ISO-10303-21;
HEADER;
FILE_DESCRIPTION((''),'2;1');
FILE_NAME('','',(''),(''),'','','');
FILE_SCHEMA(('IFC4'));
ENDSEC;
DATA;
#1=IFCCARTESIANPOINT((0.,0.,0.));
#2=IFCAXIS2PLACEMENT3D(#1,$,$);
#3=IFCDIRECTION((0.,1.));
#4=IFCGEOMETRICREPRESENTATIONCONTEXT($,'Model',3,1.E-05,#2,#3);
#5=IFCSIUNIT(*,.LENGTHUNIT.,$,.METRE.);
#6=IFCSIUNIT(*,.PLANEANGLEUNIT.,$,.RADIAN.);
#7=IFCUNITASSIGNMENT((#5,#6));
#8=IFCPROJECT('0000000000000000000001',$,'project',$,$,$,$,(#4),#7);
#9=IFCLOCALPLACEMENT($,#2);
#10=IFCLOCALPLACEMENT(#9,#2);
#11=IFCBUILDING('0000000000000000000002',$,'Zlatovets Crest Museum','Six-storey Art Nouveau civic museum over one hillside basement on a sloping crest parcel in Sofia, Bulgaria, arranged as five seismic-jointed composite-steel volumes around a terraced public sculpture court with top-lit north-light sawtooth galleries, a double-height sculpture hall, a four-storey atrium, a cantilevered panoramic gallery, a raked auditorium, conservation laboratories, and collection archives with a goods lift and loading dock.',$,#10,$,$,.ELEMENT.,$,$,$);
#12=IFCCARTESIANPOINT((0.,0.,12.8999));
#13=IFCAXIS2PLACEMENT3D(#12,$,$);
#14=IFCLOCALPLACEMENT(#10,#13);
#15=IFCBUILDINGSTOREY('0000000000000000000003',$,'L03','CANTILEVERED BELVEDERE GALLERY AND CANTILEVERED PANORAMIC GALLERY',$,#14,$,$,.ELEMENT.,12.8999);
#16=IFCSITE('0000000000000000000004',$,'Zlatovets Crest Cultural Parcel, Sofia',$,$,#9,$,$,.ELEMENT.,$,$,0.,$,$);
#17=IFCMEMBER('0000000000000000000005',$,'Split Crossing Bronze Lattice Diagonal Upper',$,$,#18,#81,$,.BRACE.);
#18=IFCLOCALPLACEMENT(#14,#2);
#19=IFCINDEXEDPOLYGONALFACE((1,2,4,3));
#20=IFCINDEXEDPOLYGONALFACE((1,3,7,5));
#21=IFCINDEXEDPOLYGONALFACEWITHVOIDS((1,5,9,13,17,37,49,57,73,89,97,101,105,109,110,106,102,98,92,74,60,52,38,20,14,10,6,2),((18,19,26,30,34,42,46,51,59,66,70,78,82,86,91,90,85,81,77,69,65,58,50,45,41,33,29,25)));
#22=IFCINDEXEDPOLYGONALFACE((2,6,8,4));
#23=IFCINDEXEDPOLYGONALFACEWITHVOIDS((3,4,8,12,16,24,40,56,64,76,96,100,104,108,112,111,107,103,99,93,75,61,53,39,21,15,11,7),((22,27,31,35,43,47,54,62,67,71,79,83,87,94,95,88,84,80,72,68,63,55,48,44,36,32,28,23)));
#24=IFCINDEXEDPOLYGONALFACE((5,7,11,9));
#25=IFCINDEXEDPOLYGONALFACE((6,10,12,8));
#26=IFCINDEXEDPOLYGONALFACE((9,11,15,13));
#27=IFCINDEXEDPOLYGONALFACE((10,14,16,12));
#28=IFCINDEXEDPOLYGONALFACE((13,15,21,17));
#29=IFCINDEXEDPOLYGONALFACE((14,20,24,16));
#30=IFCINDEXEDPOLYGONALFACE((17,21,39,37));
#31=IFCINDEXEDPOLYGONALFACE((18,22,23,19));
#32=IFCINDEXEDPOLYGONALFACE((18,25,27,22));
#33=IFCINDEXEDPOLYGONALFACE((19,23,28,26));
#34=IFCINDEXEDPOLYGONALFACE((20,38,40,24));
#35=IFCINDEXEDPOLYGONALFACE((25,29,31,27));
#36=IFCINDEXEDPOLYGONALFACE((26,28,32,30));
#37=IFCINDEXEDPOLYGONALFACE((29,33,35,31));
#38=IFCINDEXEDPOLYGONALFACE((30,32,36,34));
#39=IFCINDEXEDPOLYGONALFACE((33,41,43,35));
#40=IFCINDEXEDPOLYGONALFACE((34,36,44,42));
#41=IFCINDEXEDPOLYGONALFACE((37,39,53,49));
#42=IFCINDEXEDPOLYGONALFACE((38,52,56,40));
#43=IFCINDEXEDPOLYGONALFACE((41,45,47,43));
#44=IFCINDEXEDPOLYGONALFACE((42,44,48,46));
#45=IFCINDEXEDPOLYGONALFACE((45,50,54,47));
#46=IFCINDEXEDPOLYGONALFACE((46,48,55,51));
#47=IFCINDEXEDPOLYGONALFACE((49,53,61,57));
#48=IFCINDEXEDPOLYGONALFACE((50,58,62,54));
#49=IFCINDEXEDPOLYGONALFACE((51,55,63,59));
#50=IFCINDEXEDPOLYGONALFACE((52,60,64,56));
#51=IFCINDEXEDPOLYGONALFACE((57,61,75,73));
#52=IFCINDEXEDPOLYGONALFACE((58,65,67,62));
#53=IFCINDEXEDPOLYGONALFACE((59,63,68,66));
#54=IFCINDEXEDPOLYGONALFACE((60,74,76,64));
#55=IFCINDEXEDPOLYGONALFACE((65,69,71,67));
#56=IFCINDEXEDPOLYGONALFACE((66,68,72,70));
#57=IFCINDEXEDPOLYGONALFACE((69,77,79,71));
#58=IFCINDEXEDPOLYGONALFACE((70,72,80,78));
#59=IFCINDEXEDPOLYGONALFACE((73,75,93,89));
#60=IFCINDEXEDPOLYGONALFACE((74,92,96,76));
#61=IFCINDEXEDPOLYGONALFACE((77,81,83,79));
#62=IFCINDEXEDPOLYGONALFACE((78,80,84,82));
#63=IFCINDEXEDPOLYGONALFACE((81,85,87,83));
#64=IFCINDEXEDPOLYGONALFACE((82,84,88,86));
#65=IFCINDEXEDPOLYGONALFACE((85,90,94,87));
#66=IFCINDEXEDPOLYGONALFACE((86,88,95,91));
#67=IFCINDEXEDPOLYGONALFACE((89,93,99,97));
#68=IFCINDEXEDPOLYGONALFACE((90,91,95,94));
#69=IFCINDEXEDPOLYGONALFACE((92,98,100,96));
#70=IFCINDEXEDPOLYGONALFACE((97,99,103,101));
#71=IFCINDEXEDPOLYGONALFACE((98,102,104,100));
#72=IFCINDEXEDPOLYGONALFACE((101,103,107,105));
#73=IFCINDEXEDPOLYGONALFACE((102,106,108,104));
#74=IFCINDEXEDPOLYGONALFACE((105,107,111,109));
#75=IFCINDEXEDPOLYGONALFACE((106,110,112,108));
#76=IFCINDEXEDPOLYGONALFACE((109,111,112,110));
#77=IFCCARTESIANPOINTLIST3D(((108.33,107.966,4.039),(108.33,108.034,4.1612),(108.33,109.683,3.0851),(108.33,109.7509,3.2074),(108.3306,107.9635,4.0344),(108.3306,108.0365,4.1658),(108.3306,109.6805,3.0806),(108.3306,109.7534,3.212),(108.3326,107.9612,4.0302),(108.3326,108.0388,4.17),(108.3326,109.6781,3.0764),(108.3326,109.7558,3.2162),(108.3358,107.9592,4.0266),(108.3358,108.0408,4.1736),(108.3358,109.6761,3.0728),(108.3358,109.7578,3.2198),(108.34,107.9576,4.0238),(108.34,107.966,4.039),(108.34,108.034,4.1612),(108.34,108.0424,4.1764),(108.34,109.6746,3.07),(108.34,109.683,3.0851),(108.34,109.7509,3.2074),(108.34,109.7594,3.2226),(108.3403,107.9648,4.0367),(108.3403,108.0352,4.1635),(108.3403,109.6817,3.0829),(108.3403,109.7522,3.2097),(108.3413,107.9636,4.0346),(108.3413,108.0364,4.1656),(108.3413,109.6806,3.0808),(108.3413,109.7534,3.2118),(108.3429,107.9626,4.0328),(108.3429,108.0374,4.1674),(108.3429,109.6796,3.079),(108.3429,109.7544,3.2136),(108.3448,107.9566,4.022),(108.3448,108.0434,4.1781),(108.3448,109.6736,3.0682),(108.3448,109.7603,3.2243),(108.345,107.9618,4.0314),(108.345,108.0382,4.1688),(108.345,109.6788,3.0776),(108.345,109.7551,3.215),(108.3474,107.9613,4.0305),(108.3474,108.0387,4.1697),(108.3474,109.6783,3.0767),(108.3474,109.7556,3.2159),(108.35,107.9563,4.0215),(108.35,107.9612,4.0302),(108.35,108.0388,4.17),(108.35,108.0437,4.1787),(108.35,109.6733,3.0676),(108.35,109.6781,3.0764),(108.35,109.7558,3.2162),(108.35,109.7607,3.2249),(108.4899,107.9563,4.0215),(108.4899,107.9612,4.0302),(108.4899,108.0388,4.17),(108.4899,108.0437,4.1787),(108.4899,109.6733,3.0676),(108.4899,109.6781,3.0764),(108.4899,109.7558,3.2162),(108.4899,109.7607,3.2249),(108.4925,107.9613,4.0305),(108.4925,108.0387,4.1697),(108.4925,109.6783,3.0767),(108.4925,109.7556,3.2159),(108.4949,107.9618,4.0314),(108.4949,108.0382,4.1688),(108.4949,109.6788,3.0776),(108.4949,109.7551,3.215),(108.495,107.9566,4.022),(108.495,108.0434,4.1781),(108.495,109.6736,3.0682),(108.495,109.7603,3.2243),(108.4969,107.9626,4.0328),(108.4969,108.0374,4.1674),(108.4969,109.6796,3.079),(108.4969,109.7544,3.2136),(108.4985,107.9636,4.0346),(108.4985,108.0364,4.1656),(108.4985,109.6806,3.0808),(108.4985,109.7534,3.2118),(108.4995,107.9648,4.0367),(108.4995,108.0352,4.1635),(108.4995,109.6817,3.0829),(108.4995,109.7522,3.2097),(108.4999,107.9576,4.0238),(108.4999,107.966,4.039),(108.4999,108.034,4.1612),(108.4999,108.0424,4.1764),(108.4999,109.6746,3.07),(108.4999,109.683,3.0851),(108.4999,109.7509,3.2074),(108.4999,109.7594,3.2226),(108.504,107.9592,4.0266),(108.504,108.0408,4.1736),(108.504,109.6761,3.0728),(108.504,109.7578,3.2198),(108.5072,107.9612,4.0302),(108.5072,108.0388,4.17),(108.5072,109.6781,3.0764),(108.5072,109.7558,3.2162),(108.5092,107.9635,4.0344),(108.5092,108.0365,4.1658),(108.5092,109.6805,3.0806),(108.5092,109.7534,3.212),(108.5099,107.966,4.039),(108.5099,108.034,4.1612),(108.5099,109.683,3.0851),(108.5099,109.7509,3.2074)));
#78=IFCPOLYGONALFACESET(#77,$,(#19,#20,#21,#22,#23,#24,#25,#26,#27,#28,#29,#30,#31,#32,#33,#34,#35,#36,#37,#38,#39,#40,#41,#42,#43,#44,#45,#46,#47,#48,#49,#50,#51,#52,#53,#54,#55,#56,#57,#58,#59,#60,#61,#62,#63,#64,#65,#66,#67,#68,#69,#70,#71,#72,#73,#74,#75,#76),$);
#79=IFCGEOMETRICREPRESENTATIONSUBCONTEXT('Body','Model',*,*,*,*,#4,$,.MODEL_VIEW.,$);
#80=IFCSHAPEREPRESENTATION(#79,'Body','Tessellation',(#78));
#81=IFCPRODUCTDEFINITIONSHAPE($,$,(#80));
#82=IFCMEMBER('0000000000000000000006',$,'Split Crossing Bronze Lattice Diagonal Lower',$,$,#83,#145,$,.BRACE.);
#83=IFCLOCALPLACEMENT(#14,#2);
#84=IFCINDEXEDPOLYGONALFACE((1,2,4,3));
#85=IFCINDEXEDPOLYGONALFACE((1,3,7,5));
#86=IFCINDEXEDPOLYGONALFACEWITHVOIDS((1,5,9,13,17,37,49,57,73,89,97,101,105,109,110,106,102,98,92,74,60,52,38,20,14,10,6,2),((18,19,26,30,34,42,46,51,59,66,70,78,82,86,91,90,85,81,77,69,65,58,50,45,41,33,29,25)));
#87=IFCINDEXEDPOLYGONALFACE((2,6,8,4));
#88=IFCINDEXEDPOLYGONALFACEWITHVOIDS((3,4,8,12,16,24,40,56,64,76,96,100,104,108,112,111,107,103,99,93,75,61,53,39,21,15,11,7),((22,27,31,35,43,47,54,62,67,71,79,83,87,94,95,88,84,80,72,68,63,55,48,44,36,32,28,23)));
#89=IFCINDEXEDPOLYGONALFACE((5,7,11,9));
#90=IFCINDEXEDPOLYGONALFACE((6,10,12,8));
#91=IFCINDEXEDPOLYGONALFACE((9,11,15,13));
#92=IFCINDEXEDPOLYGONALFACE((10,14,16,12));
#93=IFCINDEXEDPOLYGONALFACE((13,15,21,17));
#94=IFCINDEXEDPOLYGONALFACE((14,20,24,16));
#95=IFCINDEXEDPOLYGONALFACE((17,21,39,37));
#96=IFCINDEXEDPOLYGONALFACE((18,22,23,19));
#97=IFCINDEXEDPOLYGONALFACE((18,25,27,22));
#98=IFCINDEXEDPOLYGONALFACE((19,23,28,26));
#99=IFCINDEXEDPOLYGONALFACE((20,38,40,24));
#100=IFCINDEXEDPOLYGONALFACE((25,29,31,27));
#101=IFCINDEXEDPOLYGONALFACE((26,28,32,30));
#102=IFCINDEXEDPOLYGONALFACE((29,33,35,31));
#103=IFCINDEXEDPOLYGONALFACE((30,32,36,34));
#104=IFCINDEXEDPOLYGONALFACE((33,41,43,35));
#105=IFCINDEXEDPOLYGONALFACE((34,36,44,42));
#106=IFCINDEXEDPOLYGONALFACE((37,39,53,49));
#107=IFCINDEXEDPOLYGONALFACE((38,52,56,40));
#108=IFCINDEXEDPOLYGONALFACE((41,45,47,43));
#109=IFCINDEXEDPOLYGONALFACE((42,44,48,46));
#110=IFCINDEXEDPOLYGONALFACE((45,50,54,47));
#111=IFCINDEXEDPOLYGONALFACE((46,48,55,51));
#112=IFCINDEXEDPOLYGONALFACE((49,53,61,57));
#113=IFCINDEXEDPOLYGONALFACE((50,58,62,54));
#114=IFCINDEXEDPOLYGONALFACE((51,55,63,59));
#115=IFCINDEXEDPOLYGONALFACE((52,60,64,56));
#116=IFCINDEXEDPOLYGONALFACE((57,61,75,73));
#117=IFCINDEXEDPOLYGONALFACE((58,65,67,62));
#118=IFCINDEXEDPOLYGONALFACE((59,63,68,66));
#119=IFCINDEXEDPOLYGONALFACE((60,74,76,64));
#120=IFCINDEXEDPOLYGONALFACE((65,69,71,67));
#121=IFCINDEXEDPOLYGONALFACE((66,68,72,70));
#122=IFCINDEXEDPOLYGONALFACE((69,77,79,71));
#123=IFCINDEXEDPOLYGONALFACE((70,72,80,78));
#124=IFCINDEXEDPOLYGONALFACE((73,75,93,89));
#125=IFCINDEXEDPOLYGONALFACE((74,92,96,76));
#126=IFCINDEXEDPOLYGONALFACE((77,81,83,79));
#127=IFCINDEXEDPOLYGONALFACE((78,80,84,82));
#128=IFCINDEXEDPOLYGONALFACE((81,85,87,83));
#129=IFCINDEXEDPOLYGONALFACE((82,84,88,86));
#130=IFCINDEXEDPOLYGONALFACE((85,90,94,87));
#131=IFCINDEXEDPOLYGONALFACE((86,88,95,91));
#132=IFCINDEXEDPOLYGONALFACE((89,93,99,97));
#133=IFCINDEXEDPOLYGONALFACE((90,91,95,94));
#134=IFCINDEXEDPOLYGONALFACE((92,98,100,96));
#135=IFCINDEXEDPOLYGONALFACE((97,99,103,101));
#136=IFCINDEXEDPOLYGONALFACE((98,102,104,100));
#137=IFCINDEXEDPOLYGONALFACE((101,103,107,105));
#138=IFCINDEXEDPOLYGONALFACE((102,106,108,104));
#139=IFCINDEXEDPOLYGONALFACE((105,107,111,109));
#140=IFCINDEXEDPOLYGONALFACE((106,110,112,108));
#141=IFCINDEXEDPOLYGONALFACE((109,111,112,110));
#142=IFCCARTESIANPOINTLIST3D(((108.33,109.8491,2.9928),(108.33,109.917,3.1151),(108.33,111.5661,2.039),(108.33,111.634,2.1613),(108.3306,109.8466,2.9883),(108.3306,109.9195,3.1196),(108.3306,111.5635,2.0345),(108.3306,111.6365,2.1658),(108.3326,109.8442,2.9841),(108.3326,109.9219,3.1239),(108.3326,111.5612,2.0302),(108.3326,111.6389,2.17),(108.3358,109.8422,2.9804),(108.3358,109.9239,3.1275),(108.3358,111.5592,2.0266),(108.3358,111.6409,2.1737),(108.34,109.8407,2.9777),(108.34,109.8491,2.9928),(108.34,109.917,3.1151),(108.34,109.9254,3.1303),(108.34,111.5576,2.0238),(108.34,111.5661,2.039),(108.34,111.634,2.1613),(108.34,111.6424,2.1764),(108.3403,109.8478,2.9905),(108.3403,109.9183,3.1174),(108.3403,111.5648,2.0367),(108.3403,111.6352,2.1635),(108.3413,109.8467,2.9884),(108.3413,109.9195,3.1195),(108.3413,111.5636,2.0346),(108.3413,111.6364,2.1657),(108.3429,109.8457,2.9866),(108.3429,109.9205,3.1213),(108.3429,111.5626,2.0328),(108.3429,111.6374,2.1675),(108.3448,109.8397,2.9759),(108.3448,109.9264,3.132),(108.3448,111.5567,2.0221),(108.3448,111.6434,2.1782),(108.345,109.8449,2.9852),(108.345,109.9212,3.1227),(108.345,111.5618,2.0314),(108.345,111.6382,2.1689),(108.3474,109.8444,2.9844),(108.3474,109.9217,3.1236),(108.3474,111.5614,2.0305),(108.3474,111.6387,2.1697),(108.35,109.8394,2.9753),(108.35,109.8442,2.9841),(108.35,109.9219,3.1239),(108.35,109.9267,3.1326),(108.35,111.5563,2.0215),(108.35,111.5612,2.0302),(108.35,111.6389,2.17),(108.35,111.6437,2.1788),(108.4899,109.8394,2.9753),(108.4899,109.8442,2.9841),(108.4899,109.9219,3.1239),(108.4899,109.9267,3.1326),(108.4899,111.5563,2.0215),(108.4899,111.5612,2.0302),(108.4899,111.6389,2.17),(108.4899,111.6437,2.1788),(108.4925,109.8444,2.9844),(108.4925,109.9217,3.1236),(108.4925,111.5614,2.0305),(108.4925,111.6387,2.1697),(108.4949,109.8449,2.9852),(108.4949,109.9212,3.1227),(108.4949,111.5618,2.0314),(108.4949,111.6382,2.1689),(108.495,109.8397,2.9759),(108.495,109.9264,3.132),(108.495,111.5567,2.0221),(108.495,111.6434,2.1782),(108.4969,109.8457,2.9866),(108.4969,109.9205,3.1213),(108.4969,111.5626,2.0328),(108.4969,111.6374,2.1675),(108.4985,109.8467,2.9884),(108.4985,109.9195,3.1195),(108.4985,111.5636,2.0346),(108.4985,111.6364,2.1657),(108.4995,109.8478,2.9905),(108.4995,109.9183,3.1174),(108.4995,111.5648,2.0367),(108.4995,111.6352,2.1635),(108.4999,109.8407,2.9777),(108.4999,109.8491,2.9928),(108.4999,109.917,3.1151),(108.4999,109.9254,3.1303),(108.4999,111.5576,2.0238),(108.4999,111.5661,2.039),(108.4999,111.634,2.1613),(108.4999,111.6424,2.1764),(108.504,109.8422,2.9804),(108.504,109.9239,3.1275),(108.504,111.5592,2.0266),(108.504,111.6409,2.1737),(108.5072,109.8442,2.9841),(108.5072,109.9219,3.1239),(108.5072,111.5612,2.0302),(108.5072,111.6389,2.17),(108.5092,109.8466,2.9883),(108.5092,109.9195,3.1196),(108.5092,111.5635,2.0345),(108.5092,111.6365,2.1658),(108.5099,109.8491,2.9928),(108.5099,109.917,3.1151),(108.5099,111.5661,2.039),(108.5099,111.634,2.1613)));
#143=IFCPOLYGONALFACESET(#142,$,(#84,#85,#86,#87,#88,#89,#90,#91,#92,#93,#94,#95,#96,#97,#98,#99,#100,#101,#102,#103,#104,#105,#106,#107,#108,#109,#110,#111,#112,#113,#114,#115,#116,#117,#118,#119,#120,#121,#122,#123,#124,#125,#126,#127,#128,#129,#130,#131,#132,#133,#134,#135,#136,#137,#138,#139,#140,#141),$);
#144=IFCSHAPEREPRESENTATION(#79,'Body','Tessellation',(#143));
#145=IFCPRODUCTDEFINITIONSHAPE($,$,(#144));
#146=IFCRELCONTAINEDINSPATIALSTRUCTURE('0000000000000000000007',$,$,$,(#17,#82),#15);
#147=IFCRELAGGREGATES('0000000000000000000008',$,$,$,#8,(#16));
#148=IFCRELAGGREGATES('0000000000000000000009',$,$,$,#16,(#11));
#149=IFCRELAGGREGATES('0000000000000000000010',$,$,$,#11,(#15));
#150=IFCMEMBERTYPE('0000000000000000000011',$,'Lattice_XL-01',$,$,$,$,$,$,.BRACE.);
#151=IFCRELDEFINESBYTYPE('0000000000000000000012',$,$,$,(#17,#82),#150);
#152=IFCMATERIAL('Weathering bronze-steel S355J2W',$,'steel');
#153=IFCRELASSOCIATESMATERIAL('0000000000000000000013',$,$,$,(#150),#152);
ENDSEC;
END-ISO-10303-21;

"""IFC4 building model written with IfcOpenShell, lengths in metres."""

from ifc_helpers import new_model, si_unit, direction, frame, origin, origin_2d, place, context, subcontext, project, spatial, hollow_rectangle, extrude, material, material_profile, profile_set, type_object, element, save


model = new_model("IFC4")

# Units and contexts
model_context = context("Model", 3, precision=1e-05, world=origin(), true_north=direction((0.0, 1.0)))
body_context = subcontext(model_context, "Body", "Model", "MODEL_VIEW")
ifc_project = project(units=[si_unit("LENGTHUNIT", "METRE"), si_unit("PLANEANGLEUNIT", "RADIAN")], contexts=[model_context])

# Site, building, storey
site_placement = place(None, origin())
site = spatial("IfcSite", under=ifc_project, at=site_placement, Name="Zlatovets Crest Cultural Parcel, Sofia", CompositionType="ELEMENT", RefElevation=0.0)
building_placement = place(site_placement, origin())
building = spatial("IfcBuilding", under=site, at=building_placement, Name="Zlatovets Crest Museum", Description="Six-storey Art Nouveau civic museum over one hillside basement on a sloping crest parcel in Sofia, Bulgaria, arranged as five seismic-jointed composite-steel volumes around a terraced public sculpture court with top-lit north-light sawtooth galleries, a double-height sculpture hall, a four-storey atrium, a cantilevered panoramic gallery, a raked auditorium, conservation laboratories, and collection archives with a goods lift and loading dock.", CompositionType="ELEMENT")
storey_placement = place(building_placement, frame((0.0, 0.0, 12.8999)))
storey = spatial("IfcBuildingStorey", under=building, at=storey_placement, Name="L03", Description="CANTILEVERED BELVEDERE GALLERY AND CANTILEVERED PANORAMIC GALLERY", CompositionType="ELEMENT", Elevation=12.8999)

# Members
ifc_material_1 = material(Name="Weathering bronze-steel S355J2W", Category="steel")
ifc_material_profile_1 = material_profile(ifc_material_1, hollow_rectangle(XDim=0.1799, YDim=0.1799, WallThickness=0.01, InnerFilletRadius=0.01, OuterFilletRadius=0.02, at=origin_2d()), Name="SHS 180x180x10.0")
ifc_profile_set_1 = profile_set([ifc_material_profile_1], Name="Weathering bronze-steel S355J2W")
member_type_1 = type_object("IfcMemberType", Name="Lattice_XL-01", PredefinedType="BRACE", material=ifc_profile_set_1)
for number, where, z_axis, x_axis, name in (
    (1, (108.4199, 108.0, 4.1001), (0.0, 0.874169, -0.485622), (-1.0, 0.0, 0.0), "Split Crossing Bronze Lattice Diagonal Upper"),
    (2, (108.4199, 109.8831, 3.054), (0.0, 0.874169, -0.485622), (-1.0, 0.0, 0.0), "Split Crossing Bronze Lattice Diagonal Lower"),
):
    element("IfcMember", number, at=place(storey_placement, frame(where, z_axis=z_axis, x_axis=x_axis)), inside=storey, type_object=member_type_1, Name=name, PredefinedType="BRACE", context=body_context, shape_type="SweptSolid", body=[
        extrude(hollow_rectangle(XDim=0.1799, YDim=0.1799, WallThickness=0.01, InnerFilletRadius=0.01, OuterFilletRadius=0.02, at=origin_2d()), origin(), (0.0, 0.0, 1.0), 1.9641),
    ])

save(model, "model.ifc")
